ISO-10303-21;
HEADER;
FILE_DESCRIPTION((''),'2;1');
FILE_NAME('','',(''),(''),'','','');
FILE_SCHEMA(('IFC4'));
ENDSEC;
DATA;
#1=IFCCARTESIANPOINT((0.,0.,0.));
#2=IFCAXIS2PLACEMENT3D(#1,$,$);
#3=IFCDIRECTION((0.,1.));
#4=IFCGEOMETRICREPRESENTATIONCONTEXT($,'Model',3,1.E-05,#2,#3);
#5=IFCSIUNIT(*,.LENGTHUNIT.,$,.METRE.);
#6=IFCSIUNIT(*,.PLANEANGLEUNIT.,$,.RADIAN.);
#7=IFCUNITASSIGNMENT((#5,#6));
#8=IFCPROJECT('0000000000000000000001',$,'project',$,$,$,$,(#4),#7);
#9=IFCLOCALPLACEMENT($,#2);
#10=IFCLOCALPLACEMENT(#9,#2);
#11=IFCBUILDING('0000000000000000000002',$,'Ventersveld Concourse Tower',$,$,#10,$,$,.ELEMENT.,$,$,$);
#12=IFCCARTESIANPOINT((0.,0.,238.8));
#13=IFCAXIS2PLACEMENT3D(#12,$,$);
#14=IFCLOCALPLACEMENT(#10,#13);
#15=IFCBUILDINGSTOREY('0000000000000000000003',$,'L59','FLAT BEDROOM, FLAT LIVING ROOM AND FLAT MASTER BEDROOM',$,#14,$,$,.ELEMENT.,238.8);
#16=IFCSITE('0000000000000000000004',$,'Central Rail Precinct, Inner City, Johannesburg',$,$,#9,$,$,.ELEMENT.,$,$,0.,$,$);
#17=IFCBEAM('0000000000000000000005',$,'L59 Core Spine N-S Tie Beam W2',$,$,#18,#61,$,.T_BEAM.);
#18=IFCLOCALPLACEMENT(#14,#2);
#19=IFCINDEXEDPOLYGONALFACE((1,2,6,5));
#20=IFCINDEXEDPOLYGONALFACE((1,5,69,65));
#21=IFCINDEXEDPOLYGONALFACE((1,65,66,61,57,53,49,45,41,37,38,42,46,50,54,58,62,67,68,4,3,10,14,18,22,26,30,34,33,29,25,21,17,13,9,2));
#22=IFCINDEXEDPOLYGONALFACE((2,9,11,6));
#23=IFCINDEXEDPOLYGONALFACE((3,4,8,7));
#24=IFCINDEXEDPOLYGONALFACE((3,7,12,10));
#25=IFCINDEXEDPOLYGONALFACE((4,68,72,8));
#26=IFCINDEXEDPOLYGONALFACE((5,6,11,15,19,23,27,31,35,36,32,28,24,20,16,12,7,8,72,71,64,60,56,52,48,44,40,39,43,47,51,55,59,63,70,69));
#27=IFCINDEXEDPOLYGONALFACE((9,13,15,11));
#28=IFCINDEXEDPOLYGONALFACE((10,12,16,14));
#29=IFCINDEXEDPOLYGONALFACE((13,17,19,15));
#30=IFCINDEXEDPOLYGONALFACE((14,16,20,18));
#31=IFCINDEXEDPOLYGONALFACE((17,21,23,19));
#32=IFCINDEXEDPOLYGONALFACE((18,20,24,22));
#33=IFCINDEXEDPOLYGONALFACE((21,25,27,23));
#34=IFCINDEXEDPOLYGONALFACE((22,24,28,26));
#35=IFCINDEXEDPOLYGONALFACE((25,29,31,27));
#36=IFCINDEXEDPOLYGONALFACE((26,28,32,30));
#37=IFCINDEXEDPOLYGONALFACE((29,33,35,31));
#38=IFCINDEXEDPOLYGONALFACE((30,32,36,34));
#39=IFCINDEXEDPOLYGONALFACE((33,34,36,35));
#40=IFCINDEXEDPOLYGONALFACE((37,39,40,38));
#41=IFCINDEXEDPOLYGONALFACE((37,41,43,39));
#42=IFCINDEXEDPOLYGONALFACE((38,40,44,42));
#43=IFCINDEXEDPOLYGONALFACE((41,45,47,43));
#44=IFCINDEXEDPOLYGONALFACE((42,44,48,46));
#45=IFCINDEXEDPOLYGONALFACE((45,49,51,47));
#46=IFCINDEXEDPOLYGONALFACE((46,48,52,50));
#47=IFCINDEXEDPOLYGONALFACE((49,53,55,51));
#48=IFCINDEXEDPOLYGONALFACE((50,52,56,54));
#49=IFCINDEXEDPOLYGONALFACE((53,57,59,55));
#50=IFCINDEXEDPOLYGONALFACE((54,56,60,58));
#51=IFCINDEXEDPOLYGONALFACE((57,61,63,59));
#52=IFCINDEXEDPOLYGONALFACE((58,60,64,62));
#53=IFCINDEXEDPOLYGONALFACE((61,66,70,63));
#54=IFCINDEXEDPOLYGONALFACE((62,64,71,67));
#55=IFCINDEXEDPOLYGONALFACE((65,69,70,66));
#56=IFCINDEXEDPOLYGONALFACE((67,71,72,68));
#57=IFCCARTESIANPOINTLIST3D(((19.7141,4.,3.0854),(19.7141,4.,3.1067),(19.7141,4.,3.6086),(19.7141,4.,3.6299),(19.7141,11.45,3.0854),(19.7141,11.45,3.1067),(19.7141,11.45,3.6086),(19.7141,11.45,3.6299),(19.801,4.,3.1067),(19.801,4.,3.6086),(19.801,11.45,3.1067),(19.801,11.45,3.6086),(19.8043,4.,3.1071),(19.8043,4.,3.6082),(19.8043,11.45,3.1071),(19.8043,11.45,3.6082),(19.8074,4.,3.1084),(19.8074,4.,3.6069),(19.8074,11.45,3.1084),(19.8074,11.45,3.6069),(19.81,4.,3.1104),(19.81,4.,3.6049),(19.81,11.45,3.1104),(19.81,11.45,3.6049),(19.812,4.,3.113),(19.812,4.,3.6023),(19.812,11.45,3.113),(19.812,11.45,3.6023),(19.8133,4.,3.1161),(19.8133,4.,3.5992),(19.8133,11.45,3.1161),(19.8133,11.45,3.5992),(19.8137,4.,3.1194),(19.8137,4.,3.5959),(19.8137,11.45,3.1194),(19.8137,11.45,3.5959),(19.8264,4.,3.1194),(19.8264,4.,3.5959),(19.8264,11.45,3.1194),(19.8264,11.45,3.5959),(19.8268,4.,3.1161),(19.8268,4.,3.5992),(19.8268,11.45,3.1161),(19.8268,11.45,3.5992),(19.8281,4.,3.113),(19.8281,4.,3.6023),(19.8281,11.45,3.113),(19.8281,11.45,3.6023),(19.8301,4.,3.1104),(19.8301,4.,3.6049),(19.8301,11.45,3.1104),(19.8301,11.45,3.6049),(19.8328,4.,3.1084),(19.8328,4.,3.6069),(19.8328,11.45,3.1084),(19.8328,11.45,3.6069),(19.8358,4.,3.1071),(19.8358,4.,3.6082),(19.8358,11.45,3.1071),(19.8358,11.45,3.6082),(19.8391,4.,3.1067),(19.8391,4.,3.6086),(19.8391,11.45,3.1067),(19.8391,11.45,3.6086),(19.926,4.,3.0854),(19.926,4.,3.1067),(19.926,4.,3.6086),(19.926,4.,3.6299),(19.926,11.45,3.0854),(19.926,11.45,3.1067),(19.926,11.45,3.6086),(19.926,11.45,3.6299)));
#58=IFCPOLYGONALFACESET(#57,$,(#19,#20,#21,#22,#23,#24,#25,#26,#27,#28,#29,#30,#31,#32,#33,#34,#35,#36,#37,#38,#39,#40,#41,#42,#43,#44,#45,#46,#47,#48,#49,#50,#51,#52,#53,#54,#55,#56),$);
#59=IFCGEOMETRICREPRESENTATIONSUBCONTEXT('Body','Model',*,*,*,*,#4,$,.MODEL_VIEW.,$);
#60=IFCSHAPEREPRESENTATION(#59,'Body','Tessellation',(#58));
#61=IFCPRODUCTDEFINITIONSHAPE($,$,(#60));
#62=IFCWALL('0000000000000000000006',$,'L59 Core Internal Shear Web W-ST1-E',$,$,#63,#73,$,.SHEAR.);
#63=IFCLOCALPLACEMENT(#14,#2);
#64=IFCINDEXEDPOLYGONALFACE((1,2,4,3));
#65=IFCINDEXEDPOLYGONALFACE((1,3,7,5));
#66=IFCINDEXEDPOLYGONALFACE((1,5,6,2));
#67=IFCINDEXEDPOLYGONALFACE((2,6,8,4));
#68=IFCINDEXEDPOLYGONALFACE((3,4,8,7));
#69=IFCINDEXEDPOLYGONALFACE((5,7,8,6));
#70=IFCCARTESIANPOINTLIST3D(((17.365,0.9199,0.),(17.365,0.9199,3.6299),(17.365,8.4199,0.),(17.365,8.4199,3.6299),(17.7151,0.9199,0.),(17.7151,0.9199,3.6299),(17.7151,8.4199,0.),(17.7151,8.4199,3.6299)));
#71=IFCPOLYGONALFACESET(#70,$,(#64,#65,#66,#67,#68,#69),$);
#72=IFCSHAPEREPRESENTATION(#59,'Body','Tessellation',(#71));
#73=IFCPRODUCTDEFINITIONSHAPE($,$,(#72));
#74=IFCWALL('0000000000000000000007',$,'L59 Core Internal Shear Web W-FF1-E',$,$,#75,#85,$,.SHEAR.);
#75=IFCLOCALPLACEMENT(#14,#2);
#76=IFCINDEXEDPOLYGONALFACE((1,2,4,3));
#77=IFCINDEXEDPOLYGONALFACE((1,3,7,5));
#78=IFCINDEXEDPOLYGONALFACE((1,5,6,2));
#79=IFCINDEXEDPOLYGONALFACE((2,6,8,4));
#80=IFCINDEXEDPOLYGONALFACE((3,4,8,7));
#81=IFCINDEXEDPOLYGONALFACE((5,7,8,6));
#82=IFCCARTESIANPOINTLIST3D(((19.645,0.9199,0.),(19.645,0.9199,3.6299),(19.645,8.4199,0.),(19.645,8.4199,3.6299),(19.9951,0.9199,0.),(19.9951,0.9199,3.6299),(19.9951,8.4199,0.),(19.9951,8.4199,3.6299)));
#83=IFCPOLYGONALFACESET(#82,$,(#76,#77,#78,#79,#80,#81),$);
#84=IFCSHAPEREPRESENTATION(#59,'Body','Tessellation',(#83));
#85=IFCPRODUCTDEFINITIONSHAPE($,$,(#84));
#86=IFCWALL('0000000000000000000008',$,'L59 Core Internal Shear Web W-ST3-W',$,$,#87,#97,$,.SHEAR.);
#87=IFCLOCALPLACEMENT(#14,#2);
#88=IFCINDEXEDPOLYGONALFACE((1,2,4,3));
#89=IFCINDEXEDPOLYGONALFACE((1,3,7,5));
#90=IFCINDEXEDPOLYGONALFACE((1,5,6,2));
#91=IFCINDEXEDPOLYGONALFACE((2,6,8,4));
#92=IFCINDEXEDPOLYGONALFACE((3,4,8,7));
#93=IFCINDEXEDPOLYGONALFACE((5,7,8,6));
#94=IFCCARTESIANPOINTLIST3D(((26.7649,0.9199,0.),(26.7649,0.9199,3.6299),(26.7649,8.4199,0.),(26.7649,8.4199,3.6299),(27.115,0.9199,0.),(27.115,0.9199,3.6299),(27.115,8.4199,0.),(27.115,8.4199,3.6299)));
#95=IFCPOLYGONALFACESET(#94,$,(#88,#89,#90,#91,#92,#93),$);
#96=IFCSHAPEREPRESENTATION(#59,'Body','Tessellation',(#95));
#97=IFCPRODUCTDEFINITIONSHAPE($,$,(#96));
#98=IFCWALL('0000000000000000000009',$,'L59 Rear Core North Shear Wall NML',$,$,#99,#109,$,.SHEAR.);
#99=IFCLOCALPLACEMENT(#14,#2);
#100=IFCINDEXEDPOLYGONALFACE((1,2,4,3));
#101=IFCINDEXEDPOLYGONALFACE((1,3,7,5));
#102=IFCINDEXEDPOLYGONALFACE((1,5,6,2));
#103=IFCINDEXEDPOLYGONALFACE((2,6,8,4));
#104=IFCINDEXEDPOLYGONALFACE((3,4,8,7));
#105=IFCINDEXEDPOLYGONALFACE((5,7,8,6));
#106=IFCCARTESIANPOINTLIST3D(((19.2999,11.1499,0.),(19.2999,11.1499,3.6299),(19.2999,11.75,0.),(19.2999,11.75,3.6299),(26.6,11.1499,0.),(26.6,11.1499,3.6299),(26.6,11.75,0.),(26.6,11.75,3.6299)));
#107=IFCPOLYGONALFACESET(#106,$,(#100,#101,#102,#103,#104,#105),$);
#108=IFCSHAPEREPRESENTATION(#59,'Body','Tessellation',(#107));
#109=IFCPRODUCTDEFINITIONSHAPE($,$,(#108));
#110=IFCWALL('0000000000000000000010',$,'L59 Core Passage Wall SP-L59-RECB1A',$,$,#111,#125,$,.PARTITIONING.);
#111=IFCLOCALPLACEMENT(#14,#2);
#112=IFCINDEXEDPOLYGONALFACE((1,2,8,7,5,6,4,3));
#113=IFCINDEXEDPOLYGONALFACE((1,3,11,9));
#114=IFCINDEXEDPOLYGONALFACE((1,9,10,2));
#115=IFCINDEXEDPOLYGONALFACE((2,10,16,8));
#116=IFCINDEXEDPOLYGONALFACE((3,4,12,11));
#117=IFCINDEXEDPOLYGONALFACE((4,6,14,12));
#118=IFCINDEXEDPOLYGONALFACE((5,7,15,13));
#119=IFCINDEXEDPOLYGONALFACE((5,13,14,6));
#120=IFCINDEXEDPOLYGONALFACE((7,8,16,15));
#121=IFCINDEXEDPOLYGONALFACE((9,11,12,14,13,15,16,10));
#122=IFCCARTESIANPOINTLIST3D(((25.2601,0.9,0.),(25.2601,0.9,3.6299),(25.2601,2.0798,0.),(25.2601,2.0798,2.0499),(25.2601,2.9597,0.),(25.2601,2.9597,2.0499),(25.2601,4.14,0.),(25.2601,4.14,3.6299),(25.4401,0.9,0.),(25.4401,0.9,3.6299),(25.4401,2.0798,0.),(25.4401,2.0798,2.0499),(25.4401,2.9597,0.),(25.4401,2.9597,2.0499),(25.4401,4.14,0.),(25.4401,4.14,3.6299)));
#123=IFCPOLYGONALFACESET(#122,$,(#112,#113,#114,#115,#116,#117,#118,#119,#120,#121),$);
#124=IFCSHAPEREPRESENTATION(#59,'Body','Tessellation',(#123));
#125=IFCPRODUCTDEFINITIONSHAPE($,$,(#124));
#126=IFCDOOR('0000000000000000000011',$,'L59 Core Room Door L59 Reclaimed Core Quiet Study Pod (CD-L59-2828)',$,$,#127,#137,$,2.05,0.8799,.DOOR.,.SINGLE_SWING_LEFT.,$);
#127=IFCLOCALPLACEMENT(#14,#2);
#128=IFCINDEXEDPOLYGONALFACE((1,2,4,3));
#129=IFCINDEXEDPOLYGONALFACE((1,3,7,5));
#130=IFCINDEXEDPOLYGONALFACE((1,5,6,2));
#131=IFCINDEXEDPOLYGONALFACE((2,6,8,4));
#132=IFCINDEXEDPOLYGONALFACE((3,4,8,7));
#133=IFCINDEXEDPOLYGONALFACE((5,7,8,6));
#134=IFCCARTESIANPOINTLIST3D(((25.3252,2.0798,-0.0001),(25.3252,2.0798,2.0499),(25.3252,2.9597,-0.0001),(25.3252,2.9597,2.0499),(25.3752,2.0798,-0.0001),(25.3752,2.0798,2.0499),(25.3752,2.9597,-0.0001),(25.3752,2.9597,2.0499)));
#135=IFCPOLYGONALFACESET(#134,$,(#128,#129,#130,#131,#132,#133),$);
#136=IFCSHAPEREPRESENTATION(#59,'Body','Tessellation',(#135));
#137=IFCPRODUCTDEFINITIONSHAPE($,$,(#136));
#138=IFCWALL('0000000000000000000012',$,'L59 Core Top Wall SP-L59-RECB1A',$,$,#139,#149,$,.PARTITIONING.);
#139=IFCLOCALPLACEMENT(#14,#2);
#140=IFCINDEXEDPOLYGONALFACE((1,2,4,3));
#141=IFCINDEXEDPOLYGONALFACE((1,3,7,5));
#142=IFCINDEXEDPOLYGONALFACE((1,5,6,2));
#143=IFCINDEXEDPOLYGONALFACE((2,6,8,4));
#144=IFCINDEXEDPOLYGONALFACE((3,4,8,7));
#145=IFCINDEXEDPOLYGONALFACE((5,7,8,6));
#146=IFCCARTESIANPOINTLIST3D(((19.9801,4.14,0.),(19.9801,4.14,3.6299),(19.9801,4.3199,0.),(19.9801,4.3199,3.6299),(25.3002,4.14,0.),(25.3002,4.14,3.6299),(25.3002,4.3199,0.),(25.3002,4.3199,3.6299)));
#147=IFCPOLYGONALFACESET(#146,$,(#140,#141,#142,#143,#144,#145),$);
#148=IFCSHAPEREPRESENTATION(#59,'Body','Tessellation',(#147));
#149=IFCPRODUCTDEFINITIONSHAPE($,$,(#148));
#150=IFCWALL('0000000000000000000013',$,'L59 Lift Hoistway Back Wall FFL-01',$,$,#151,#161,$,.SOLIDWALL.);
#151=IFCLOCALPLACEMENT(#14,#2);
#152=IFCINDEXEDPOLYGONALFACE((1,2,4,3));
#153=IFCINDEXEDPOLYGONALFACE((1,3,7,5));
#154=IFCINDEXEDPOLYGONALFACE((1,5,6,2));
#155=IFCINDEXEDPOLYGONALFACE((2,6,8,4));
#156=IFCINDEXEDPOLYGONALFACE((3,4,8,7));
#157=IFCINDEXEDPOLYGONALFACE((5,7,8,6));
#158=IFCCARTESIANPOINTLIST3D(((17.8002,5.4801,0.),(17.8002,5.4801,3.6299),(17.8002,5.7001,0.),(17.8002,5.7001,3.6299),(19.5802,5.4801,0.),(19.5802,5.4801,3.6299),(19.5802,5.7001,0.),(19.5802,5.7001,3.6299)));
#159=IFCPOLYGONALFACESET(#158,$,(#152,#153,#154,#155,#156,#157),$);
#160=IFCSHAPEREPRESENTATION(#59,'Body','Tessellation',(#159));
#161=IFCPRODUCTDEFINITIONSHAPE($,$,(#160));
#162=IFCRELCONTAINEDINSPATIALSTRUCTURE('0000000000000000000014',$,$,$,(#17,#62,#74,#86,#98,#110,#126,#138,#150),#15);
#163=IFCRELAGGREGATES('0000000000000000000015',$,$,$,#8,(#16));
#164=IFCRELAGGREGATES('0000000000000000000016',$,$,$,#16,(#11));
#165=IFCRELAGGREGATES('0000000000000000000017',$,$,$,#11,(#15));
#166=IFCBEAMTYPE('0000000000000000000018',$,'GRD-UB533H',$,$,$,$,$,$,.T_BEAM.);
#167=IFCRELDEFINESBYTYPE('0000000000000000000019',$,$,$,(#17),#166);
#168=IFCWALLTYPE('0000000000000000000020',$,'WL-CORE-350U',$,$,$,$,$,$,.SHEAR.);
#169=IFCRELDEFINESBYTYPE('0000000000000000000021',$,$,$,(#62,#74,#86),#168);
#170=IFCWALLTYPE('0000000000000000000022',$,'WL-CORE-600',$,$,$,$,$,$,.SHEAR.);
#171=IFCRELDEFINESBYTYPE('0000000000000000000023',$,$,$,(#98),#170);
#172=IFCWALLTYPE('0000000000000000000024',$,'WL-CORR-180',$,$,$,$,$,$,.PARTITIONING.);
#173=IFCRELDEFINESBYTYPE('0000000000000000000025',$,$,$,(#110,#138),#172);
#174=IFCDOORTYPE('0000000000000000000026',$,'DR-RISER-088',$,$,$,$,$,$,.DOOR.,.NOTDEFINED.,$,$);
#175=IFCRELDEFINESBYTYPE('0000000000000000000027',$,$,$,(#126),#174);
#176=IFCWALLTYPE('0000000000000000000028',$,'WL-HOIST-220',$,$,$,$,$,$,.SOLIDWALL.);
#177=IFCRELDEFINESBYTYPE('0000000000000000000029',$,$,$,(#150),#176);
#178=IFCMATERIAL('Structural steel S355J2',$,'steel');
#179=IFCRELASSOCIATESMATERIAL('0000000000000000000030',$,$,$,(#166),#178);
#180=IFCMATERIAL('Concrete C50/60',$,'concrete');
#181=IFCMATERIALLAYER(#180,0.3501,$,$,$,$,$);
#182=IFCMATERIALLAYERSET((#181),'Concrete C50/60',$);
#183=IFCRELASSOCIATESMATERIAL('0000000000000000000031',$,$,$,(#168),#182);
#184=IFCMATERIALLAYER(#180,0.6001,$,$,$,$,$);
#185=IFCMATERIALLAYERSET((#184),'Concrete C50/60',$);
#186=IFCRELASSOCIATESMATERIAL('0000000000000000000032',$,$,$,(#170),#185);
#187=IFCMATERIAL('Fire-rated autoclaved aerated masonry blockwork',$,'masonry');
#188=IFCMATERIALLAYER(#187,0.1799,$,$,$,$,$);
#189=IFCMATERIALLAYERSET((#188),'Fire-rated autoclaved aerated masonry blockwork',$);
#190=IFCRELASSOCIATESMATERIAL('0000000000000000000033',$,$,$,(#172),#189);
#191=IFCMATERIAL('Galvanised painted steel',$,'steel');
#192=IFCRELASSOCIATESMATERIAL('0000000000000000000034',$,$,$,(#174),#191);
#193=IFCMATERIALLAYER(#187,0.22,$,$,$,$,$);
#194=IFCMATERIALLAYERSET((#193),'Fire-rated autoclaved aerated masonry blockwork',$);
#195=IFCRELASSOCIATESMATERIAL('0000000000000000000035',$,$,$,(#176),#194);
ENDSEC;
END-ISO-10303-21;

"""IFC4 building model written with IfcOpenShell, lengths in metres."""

from ifc_helpers import new_model, si_unit, direction, frame, frame_2d, origin, origin_2d, place, context, subcontext, project, spatial, rectangle, i_section, extrude, material, layer, layer_set, material_profile, profile_set, type_object, element, fill, save


model = new_model("IFC4")

# Units and contexts
model_context = context("Model", 3, precision=1e-05, world=origin(), true_north=direction((0.0, 1.0)))
body_context = subcontext(model_context, "Body", "Model", "MODEL_VIEW")
ifc_project = project(units=[si_unit("LENGTHUNIT", "METRE"), si_unit("PLANEANGLEUNIT", "RADIAN")], contexts=[model_context])

# Site, building, storey
site_placement = place(None, origin())
site = spatial("IfcSite", under=ifc_project, at=site_placement, Name="Central Rail Precinct, Inner City, Johannesburg", CompositionType="ELEMENT", RefElevation=0.0)
building_placement = place(site_placement, origin())
building = spatial("IfcBuilding", under=site, at=building_placement, Name="Ventersveld Concourse Tower", CompositionType="ELEMENT")
storey_placement = place(building_placement, frame((0.0, 0.0, 238.8)))
storey = spatial("IfcBuildingStorey", under=building, at=storey_placement, Name="L59", Description="FLAT BEDROOM, FLAT LIVING ROOM AND FLAT MASTER BEDROOM", CompositionType="ELEMENT", Elevation=238.8)

# Shared definitions
ifc_material_1 = material(Name="Concrete C50/60", Category="concrete")

# Beam
ifc_material_2 = material(Name="Structural steel S355J2", Category="steel")
ifc_material_profile_1 = material_profile(ifc_material_2, i_section(OverallWidth=0.2119, OverallDepth=0.5444, WebThickness=0.0127, FlangeThickness=0.0212, FilletRadius=0.0127, at=origin_2d()), Name="UB 533x210x122")
ifc_profile_set_1 = profile_set([ifc_material_profile_1], Name="Structural steel S355J2")
beam_type_1 = type_object("IfcBeamType", Name="GRD-UB533H", PredefinedType="T_BEAM", material=ifc_profile_set_1)
beam_1_placement = place(storey_placement, frame((19.8201, 4.0, 3.3577), z_axis=(0.0, 1.0, 0.0), x_axis=(-1.0, 0.0, 0.0)))
element("IfcBeam", 1, at=beam_1_placement, inside=storey, type_object=beam_type_1, Name="L59 Core Spine N-S Tie Beam W2", PredefinedType="T_BEAM", context=body_context, shape_type="SweptSolid", body=[
    extrude(i_section(OverallWidth=0.2119, OverallDepth=0.5444, WebThickness=0.0127, FlangeThickness=0.0212, FilletRadius=0.0127, at=origin_2d()), origin(), (0.0, 0.0, 1.0), 7.45),
])

# Walls
ifc_layer_1 = layer(ifc_material_1, 0.3501)
ifc_layer_set_1 = layer_set([ifc_layer_1], Name="Concrete C50/60")
wall_type_1 = type_object("IfcWallType", Name="WL-CORE-350U", PredefinedType="SHEAR", material=ifc_layer_set_1)
for number, where, z_axis, x_axis, name in (
    (2, (17.54, 0.9199, 0.0), (0.0, 0.0, 1.0), (0.0, 1.0, 0.0), "L59 Core Internal Shear Web W-ST1-E"),
    (3, (19.8201, 0.9199, 0.0), (0.0, 0.0, 1.0), (0.0, 1.0, 0.0), "L59 Core Internal Shear Web W-FF1-E"),
    (4, (26.9399, 0.9199, 0.0), (0.0, 0.0, 1.0), (0.0, 1.0, 0.0), "L59 Core Internal Shear Web W-ST3-W"),
):
    element("IfcWall", number, at=place(storey_placement, frame(where, z_axis=z_axis, x_axis=x_axis)), inside=storey, type_object=wall_type_1, Name=name, PredefinedType="SHEAR", context=body_context, shape_type="SweptSolid", body=[
        extrude(rectangle(XDim=7.5, YDim=0.3501, at=frame_2d((3.75, 0.0))), origin(), (0.0, 0.0, 1.0), 3.6299),
    ])
ifc_layer_2 = layer(ifc_material_1, 0.6001)
ifc_layer_set_2 = layer_set([ifc_layer_2], Name="Concrete C50/60")
wall_type_2 = type_object("IfcWallType", Name="WL-CORE-600", PredefinedType="SHEAR", material=ifc_layer_set_2)
wall_1_placement = place(storey_placement, frame((19.3, 11.45, 0.0), z_axis=(0.0, 0.0, 1.0), x_axis=(1.0, 0.0, 0.0)))
element("IfcWall", 5, at=wall_1_placement, inside=storey, type_object=wall_type_2, Name="L59 Rear Core North Shear Wall NML", PredefinedType="SHEAR", context=body_context, shape_type="SweptSolid", body=[
    extrude(rectangle(XDim=7.3, YDim=0.6001, at=frame_2d((3.6499, 0.0))), origin(), (0.0, 0.0, 1.0), 3.6299),
])

# Wall, opening, door
ifc_material_3 = material(Name="Fire-rated autoclaved aerated masonry blockwork", Category="masonry")
ifc_layer_3 = layer(ifc_material_3, 0.1799)
ifc_layer_set_3 = layer_set([ifc_layer_3], Name="Fire-rated autoclaved aerated masonry blockwork")
wall_type_3 = type_object("IfcWallType", Name="WL-CORR-180", PredefinedType="PARTITIONING", material=ifc_layer_set_3)
wall_2_placement = place(storey_placement, frame((25.3501, 0.8999, 0.0), z_axis=(0.0, 0.0, 1.0), x_axis=(0.0, 1.0, 0.0)))
wall_2 = element("IfcWall", 6, at=wall_2_placement, inside=storey, type_object=wall_type_3, Name="L59 Core Passage Wall SP-L59-RECB1A", PredefinedType="PARTITIONING", context=body_context, shape_type="SweptSolid", body=[
    extrude(rectangle(XDim=3.24, YDim=0.1799, at=frame_2d((1.6201, 0.0))), origin(), (0.0, 0.0, 1.0), 3.6299),
])
opening_1_placement = place(wall_2_placement, frame((1.1799, 0.0, 0.0)))
opening_1 = element("IfcOpeningElement", 7, at=opening_1_placement, cuts=wall_2, PredefinedType="OPENING", context=body_context, shape_type="SweptSolid", body=[
    extrude(rectangle(XDim=0.8799, YDim=2.05, at=frame_2d((0.4399, 1.0249))), frame((0.0, 0.1001, 0.0), z_axis=(0.0, -1.0, 0.0), x_axis=(1.0, 0.0, 0.0)), (0.0, 0.0, 1.0), 0.2),
])
ifc_material_4 = material(Name="Galvanised painted steel", Category="steel")
door_type_1 = type_object("IfcDoorType", Name="DR-RISER-088", OperationType="NOTDEFINED", PredefinedType="DOOR", material=ifc_material_4)
door_1_placement = place(opening_1_placement, origin())
door_1 = element("IfcDoor", 8, at=door_1_placement, inside=storey, type_object=door_type_1, Name="L59 Core Room Door L59 Reclaimed Core Quiet Study Pod (CD-L59-2828)", OperationType="SINGLE_SWING_LEFT", OverallHeight=2.05, OverallWidth=0.8799, PredefinedType="DOOR", context=body_context, shape_type="SweptSolid", body=[
    extrude(rectangle(XDim=0.8799, YDim=2.05, at=frame_2d((0.4399, 1.0249))), frame((0.0, 0.0249, 0.0), z_axis=(0.0, -1.0, 0.0), x_axis=(1.0, 0.0, 0.0)), (0.0, 0.0, 1.0), 0.05),
])
fill(opening_1, door_1)

# Walls
wall_3_placement = place(storey_placement, frame((19.98, 4.23, 0.0), z_axis=(0.0, 0.0, 1.0), x_axis=(1.0, 0.0, 0.0)))
element("IfcWall", 9, at=wall_3_placement, inside=storey, type_object=wall_type_3, Name="L59 Core Top Wall SP-L59-RECB1A", PredefinedType="PARTITIONING", context=body_context, shape_type="SweptSolid", body=[
    extrude(rectangle(XDim=5.3201, YDim=0.1799, at=frame_2d((2.6602, 0.0))), origin(), (0.0, 0.0, 1.0), 3.6299),
])
ifc_layer_4 = layer(ifc_material_3, 0.22)
ifc_layer_set_4 = layer_set([ifc_layer_4], Name="Fire-rated autoclaved aerated masonry blockwork")
wall_type_4 = type_object("IfcWallType", Name="WL-HOIST-220", PredefinedType="SOLIDWALL", material=ifc_layer_set_4)
wall_4_placement = place(storey_placement, frame((17.8, 5.5901, 0.0), z_axis=(0.0, 0.0, 1.0), x_axis=(1.0, 0.0, 0.0)))
element("IfcWall", 10, at=wall_4_placement, inside=storey, type_object=wall_type_4, Name="L59 Lift Hoistway Back Wall FFL-01", PredefinedType="SOLIDWALL", context=body_context, shape_type="SweptSolid", body=[
    extrude(rectangle(XDim=1.78, YDim=0.22, at=frame_2d((0.8901, 0.0))), origin(), (0.0, 0.0, 1.0), 3.6299),
])

save(model, "model.ifc")
